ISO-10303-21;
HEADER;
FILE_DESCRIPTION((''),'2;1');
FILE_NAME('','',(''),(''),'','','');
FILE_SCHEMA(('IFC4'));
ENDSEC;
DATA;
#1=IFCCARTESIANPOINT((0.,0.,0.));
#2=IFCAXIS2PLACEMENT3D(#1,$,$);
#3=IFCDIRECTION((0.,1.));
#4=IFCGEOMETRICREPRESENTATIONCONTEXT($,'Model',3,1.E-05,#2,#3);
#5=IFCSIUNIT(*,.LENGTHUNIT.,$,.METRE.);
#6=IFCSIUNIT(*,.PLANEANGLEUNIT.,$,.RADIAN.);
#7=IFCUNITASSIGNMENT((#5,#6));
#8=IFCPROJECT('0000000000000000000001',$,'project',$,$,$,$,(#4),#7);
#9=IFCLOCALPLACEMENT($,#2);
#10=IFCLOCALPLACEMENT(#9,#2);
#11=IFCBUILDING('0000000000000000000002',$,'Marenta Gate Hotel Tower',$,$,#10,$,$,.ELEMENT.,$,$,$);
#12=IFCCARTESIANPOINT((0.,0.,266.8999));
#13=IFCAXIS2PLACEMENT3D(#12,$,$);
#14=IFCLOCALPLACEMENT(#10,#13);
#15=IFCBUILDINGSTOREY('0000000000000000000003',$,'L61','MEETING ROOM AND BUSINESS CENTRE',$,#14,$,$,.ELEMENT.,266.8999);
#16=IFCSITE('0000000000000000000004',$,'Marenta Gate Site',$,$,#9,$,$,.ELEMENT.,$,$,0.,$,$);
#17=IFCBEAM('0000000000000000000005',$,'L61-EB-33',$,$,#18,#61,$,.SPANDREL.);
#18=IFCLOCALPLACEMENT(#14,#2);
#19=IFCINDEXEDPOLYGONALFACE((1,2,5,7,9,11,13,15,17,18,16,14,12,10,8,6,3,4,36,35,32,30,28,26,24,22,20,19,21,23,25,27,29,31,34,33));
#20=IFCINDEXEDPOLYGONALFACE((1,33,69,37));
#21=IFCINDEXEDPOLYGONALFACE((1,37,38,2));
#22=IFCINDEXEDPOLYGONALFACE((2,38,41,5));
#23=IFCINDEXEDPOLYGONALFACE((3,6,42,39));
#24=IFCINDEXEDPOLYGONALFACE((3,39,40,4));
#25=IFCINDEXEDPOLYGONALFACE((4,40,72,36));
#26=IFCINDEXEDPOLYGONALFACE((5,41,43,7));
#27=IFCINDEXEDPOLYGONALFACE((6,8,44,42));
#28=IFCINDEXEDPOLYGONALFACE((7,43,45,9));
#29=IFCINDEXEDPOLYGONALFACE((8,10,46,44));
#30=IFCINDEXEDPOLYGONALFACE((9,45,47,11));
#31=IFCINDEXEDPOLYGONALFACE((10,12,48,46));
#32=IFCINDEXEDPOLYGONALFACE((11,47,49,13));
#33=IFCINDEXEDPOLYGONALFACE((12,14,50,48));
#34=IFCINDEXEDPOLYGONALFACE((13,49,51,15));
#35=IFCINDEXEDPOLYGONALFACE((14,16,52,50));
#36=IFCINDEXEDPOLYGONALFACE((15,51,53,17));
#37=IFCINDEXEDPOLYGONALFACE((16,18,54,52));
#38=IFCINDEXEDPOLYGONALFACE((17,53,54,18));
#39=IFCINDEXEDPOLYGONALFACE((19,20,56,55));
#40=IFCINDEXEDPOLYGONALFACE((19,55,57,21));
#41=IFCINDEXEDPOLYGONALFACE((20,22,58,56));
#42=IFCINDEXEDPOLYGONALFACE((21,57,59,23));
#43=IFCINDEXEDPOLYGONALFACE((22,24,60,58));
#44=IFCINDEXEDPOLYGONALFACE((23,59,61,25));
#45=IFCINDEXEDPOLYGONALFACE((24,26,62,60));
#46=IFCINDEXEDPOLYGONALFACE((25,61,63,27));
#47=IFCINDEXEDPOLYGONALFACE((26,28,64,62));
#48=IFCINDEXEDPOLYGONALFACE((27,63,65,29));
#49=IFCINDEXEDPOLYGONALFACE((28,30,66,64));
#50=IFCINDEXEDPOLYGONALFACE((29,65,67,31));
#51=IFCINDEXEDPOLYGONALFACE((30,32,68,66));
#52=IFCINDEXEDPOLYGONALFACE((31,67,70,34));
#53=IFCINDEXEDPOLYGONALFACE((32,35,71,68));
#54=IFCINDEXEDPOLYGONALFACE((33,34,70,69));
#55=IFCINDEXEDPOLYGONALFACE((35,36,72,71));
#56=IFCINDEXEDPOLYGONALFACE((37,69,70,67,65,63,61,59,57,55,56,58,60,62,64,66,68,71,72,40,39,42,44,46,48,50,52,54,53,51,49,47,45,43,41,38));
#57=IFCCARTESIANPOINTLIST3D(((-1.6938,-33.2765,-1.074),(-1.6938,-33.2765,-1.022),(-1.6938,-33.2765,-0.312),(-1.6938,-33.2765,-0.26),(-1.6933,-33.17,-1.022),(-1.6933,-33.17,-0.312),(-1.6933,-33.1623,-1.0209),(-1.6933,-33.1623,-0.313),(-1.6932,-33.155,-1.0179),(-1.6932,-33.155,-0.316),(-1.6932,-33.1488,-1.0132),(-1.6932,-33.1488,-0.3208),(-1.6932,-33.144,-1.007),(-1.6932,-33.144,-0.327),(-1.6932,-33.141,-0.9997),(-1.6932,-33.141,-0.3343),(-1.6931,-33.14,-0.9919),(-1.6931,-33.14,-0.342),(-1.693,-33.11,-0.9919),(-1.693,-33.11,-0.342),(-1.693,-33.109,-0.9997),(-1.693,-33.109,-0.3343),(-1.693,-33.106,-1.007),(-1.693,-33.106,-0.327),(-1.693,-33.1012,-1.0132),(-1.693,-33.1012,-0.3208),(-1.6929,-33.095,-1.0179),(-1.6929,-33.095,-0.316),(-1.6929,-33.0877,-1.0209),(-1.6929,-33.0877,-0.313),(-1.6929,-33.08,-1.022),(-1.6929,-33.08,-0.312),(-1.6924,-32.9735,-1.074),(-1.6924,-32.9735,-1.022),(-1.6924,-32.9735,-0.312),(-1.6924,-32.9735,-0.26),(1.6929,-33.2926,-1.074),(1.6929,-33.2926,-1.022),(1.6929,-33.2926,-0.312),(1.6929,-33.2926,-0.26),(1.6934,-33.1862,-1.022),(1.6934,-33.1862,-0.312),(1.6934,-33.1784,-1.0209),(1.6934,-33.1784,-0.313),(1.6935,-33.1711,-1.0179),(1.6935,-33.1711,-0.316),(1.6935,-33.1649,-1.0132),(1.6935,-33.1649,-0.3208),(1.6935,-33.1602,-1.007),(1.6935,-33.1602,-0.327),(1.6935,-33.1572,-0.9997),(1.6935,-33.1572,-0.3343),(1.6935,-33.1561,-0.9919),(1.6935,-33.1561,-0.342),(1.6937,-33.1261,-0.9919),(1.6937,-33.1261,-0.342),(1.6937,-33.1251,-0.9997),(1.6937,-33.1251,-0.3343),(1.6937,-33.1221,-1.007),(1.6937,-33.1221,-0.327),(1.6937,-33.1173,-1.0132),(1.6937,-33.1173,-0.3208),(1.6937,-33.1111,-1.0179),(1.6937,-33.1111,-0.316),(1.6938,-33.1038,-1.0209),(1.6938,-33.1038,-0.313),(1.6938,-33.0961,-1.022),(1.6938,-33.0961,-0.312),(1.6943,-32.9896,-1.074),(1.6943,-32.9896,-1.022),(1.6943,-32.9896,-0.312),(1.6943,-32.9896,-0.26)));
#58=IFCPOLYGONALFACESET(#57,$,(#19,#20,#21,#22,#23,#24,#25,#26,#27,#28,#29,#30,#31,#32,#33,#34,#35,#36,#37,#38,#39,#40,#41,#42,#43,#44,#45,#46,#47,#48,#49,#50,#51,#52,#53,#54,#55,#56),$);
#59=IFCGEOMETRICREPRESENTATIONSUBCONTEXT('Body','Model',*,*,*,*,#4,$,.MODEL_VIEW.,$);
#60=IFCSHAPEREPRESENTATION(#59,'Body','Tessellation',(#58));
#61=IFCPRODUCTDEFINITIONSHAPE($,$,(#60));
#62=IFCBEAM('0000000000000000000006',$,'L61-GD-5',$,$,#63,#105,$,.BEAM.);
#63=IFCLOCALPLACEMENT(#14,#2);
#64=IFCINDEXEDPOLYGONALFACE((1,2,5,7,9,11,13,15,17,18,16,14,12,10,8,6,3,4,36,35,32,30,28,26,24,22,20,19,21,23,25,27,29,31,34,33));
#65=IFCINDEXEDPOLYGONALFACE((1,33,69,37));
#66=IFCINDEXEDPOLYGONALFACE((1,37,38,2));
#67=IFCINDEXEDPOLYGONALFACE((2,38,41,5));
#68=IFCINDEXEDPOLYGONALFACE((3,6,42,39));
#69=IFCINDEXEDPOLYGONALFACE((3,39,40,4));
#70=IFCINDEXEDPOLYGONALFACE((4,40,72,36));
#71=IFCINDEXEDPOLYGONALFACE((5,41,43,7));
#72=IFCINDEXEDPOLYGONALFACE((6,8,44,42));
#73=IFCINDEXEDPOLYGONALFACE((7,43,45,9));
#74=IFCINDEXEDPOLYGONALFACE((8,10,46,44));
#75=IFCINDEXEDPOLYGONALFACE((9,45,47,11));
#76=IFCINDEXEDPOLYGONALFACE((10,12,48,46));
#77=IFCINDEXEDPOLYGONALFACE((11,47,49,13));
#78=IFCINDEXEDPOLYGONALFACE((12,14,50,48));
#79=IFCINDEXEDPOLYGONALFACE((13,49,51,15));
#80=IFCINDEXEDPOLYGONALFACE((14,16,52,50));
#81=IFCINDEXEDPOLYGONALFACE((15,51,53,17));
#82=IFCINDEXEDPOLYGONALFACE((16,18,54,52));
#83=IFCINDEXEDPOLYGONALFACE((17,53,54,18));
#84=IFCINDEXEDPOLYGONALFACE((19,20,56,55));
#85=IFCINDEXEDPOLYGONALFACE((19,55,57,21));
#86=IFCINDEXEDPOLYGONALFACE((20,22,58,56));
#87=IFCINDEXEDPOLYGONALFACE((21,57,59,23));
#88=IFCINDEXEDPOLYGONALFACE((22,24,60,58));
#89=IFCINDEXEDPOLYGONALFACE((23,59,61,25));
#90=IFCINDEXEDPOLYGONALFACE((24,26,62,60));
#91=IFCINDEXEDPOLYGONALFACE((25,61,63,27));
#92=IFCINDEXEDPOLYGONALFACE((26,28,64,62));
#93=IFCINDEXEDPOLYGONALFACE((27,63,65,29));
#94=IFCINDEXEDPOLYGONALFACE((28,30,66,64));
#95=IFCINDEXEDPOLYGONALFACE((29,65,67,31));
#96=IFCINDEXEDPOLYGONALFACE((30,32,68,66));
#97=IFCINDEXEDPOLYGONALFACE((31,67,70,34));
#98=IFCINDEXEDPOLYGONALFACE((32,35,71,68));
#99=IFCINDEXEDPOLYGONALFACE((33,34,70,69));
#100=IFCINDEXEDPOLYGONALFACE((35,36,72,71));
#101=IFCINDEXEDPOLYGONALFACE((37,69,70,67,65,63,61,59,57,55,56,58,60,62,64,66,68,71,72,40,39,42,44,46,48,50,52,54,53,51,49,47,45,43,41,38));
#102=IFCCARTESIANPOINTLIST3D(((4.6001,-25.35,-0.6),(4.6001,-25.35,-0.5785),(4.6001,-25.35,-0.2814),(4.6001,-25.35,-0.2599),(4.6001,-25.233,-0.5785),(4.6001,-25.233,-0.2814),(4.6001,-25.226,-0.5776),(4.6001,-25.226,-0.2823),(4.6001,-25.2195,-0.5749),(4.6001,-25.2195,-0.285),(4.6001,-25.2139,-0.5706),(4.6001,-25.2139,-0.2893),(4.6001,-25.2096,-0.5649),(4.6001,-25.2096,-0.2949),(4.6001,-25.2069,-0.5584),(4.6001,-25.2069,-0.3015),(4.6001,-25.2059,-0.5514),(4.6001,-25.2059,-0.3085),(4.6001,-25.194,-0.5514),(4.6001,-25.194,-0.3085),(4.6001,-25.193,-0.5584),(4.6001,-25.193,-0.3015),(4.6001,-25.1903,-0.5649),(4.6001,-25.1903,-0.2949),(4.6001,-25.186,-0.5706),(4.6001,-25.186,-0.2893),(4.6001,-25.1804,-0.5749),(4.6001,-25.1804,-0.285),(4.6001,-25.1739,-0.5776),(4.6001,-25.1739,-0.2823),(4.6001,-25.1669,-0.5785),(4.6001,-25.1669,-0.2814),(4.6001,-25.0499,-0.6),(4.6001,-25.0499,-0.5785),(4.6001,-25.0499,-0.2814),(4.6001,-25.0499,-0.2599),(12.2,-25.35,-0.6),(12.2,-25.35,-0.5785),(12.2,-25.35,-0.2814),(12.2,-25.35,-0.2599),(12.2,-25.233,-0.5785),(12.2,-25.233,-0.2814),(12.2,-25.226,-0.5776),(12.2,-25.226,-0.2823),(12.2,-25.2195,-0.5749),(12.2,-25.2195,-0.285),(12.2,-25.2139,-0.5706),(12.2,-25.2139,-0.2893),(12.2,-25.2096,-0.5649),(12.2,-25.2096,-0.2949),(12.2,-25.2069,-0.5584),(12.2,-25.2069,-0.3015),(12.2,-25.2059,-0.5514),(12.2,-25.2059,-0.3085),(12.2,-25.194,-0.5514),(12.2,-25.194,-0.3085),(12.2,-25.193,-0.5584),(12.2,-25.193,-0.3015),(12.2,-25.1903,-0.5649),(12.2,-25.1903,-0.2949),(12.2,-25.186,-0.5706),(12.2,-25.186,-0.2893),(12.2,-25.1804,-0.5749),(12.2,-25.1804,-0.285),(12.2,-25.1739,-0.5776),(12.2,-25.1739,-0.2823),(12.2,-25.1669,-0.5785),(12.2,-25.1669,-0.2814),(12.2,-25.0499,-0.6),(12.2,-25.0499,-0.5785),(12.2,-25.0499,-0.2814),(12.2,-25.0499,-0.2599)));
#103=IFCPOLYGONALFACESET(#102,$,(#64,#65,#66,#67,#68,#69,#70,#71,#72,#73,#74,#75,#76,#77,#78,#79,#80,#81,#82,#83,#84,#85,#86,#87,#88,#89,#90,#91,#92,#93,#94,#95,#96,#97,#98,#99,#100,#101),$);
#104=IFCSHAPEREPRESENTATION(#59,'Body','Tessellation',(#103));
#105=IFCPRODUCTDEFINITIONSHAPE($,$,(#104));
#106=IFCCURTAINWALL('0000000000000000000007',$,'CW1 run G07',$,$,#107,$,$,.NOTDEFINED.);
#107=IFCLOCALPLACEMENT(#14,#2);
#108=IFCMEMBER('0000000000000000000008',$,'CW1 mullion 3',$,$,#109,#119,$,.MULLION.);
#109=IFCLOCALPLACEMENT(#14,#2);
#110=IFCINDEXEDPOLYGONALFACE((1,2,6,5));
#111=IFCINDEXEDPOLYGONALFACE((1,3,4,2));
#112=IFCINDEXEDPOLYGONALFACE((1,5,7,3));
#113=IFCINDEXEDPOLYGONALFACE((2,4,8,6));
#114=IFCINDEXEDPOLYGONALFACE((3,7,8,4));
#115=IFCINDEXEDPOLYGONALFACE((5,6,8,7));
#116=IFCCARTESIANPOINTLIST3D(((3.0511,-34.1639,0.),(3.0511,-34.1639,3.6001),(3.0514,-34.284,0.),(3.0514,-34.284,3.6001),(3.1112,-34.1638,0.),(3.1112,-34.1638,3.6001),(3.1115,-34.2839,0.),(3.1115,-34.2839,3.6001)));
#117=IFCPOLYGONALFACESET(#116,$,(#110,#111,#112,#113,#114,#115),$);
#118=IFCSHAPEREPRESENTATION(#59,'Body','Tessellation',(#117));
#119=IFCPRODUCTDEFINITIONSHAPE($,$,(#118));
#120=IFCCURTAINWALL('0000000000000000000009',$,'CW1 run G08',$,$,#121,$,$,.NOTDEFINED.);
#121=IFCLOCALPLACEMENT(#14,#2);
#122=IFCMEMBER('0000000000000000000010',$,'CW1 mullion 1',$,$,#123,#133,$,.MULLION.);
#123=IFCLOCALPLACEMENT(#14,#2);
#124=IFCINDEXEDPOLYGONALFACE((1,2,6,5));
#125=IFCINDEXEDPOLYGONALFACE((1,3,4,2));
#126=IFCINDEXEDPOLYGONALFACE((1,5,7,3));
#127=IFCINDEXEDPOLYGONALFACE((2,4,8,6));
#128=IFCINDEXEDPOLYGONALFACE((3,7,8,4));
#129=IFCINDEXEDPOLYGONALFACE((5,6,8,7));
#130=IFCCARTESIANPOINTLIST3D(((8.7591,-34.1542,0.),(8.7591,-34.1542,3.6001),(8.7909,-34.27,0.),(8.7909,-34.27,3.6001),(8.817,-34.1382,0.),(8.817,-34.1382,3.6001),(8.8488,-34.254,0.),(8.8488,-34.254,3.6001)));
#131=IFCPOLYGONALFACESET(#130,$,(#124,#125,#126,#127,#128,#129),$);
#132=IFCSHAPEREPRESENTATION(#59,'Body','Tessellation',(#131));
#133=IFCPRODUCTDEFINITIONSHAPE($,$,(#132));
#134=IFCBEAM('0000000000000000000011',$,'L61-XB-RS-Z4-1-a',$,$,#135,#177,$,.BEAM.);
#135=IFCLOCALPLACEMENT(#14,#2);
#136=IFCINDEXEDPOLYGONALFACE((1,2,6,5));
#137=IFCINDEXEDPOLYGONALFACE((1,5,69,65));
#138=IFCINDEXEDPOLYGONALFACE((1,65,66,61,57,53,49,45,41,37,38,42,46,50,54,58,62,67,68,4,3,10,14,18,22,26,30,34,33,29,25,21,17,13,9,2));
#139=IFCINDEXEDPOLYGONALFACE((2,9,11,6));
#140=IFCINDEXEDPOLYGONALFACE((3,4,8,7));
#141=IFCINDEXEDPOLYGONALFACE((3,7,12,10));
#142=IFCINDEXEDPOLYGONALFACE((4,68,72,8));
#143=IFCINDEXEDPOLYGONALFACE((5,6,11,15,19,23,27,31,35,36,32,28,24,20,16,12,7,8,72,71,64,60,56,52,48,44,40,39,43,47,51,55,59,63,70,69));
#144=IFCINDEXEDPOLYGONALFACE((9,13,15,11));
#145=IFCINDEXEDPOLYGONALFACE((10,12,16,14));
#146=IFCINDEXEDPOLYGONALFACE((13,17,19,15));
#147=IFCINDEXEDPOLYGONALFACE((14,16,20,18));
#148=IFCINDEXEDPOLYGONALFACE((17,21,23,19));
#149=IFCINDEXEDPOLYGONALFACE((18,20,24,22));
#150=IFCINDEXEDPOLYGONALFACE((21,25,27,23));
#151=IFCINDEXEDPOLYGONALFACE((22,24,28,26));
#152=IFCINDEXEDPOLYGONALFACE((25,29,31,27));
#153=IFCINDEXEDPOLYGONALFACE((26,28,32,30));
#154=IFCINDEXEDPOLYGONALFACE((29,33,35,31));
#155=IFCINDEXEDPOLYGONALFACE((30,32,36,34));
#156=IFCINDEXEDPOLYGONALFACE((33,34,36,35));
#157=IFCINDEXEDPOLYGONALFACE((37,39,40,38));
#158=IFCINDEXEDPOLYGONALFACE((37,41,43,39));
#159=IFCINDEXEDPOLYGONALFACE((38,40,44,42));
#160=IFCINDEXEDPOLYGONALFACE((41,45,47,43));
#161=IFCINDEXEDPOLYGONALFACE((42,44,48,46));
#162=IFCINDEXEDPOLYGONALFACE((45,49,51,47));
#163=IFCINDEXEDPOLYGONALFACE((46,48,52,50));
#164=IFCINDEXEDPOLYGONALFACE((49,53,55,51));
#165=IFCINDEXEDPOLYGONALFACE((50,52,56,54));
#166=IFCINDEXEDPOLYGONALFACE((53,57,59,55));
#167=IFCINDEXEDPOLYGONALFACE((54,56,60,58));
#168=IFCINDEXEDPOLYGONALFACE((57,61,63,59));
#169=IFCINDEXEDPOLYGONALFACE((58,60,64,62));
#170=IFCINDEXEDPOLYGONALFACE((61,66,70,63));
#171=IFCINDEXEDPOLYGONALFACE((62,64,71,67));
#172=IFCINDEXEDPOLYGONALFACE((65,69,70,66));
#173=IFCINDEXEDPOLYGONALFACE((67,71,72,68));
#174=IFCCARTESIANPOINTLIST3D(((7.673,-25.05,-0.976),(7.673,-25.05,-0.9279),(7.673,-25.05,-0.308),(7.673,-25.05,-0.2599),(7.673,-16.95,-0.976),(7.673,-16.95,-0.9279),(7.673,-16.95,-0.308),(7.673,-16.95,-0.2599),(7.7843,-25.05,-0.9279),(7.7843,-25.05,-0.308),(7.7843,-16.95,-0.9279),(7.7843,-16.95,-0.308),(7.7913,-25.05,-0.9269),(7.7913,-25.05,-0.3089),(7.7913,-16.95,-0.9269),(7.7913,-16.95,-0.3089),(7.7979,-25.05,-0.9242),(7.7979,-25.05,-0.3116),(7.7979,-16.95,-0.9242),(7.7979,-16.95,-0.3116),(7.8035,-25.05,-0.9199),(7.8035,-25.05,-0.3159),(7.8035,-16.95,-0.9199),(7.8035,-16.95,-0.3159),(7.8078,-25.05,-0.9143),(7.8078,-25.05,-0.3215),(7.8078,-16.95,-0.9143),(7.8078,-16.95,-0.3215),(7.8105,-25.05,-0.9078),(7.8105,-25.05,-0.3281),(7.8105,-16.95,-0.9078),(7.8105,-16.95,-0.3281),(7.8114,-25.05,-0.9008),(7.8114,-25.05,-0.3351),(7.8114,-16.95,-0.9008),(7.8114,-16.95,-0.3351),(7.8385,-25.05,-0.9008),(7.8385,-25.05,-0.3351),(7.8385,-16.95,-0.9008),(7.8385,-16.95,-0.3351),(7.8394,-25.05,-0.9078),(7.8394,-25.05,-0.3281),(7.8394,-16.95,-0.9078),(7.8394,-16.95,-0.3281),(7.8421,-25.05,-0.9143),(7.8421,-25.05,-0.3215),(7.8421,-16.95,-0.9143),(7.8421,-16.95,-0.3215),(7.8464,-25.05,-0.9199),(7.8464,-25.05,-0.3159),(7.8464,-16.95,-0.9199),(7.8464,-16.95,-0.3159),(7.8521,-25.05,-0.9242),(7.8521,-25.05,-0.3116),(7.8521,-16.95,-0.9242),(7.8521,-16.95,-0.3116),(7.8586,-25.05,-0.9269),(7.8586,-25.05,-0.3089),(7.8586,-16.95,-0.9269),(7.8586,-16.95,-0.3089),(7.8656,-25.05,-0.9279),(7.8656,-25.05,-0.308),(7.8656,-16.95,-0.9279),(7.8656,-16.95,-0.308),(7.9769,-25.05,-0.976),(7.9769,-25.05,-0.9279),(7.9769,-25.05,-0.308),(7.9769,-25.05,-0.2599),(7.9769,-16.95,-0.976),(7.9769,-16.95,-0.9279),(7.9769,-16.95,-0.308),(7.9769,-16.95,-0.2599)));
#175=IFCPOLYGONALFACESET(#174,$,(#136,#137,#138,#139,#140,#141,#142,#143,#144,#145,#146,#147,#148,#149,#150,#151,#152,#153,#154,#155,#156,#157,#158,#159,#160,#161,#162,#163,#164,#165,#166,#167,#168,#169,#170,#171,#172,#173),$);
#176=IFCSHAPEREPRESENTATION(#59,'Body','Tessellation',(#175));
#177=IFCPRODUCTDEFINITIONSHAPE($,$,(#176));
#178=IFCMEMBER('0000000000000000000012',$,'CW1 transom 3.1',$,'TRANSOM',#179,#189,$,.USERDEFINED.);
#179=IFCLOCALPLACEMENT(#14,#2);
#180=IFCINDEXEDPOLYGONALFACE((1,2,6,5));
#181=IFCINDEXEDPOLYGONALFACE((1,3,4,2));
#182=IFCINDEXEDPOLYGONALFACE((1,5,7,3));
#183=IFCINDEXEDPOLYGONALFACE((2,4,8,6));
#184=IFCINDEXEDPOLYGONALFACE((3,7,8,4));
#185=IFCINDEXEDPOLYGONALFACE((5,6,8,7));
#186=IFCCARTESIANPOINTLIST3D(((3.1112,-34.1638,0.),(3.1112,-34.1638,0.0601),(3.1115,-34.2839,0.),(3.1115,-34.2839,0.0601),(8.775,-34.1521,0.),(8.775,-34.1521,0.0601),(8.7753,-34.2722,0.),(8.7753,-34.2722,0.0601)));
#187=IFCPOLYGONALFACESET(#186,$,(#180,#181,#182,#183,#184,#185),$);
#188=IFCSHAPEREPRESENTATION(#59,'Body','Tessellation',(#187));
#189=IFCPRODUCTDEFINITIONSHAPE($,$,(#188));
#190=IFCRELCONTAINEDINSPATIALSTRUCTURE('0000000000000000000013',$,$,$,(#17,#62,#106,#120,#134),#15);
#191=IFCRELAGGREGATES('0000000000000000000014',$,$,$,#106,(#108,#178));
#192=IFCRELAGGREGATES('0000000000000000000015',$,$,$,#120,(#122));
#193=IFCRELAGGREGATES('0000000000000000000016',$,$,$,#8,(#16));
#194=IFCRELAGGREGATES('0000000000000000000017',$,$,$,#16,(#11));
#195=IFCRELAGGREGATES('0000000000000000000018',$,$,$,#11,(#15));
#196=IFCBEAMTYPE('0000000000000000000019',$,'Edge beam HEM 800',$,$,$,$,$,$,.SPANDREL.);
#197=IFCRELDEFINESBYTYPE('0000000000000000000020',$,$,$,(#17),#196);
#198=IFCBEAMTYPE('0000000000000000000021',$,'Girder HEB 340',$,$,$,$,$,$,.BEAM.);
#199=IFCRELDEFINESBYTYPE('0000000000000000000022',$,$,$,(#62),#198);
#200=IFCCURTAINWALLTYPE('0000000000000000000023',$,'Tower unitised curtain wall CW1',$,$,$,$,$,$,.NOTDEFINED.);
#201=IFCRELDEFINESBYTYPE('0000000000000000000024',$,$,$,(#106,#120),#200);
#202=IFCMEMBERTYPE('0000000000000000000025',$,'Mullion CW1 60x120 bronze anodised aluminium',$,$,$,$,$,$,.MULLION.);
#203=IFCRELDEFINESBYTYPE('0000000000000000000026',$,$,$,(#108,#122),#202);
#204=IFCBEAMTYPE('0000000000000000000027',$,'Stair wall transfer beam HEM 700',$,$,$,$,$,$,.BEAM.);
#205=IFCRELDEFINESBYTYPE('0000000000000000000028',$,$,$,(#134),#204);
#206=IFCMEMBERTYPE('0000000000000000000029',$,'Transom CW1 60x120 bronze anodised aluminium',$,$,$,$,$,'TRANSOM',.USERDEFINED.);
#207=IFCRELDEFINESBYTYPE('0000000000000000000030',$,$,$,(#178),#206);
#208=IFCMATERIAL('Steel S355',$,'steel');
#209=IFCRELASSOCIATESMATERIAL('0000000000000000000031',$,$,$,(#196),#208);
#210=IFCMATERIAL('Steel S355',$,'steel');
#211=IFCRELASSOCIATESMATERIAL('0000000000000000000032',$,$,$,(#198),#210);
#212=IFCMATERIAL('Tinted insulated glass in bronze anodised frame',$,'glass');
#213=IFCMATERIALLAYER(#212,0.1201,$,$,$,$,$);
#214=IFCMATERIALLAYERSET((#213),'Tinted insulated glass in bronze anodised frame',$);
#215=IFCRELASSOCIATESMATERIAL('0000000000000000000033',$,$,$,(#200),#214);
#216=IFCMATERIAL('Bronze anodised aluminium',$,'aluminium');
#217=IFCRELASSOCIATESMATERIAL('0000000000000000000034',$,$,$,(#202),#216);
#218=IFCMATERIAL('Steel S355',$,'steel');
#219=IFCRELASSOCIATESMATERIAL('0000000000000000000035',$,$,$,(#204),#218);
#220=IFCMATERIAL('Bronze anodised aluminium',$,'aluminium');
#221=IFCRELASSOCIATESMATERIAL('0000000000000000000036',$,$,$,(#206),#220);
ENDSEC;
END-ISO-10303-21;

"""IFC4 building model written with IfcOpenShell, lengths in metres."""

from ifc_helpers import new_model, si_unit, direction, frame, origin, origin_2d, place, context, subcontext, project, spatial, rectangle, i_section, extrude, material, layer, layer_set, material_profile, profile_set, type_object, element, aggregate, save


model = new_model("IFC4")

# Units and contexts
model_context = context("Model", 3, precision=1e-05, world=origin(), true_north=direction((0.0, 1.0)))
body_context = subcontext(model_context, "Body", "Model", "MODEL_VIEW")
ifc_project = project(units=[si_unit("LENGTHUNIT", "METRE"), si_unit("PLANEANGLEUNIT", "RADIAN")], contexts=[model_context])

# Site, building, storey
site_placement = place(None, origin())
site = spatial("IfcSite", under=ifc_project, at=site_placement, Name="Marenta Gate Site", CompositionType="ELEMENT", RefElevation=0.0)
building_placement = place(site_placement, origin())
building = spatial("IfcBuilding", under=site, at=building_placement, Name="Marenta Gate Hotel Tower", CompositionType="ELEMENT")
storey_placement = place(building_placement, frame((0.0, 0.0, 266.8999)))
storey = spatial("IfcBuildingStorey", under=building, at=storey_placement, Name="L61", Description="MEETING ROOM AND BUSINESS CENTRE", CompositionType="ELEMENT", Elevation=266.8999)

# Beams
ifc_material_1 = material(Name="Steel S355", Category="steel")
ifc_material_profile_1 = material_profile(ifc_material_1, i_section(OverallWidth=0.303, OverallDepth=0.814, WebThickness=0.03, FlangeThickness=0.052, FilletRadius=0.03, at=origin_2d()), Name="HEM 800")
ifc_profile_set_1 = profile_set([ifc_material_profile_1], Name="Steel S355")
beam_type_1 = type_object("IfcBeamType", Name="Edge beam HEM 800", PredefinedType="SPANDREL", material=ifc_profile_set_1)
beam_1_placement = place(storey_placement, frame((1.6936, -33.1411, -0.667), z_axis=(-0.999989, 0.004758, 0.0), x_axis=(-0.004758, -0.999989, 0.0)))
element("IfcBeam", 1, at=beam_1_placement, inside=storey, type_object=beam_type_1, Name="L61-EB-33", PredefinedType="SPANDREL", context=body_context, shape_type="SweptSolid", body=[
    extrude(i_section(OverallWidth=0.303, OverallDepth=0.814, WebThickness=0.03, FlangeThickness=0.052, FilletRadius=0.03, at=origin_2d()), origin(), (0.0, 0.0, 1.0), 3.3867),
])
ifc_material_2 = material(Name="Steel S355", Category="steel")
ifc_material_profile_2 = material_profile(ifc_material_2, i_section(OverallWidth=0.3, OverallDepth=0.3401, WebThickness=0.012, FlangeThickness=0.0215, FilletRadius=0.0271, at=origin_2d()), Name="HEB 340")
ifc_profile_set_2 = profile_set([ifc_material_profile_2], Name="Steel S355")
beam_type_2 = type_object("IfcBeamType", Name="Girder HEB 340", PredefinedType="BEAM", material=ifc_profile_set_2)
beam_2_placement = place(storey_placement, frame((4.6001, -25.2, -0.4299), z_axis=(1.0, 0.0, 0.0), x_axis=(0.0, 1.0, 0.0)))
element("IfcBeam", 2, at=beam_2_placement, inside=storey, type_object=beam_type_2, Name="L61-GD-5", PredefinedType="BEAM", context=body_context, shape_type="SweptSolid", body=[
    extrude(i_section(OverallWidth=0.3, OverallDepth=0.3401, WebThickness=0.012, FlangeThickness=0.0215, FilletRadius=0.0271, at=origin_2d()), origin(), (0.0, 0.0, 1.0), 7.5999),
])

# Curtain walls, members
ifc_material_3 = material(Name="Tinted insulated glass in bronze anodised frame", Category="glass")
ifc_layer_1 = layer(ifc_material_3, 0.1201)
ifc_layer_set_1 = layer_set([ifc_layer_1], Name="Tinted insulated glass in bronze anodised frame")
curtain_wall_type = type_object("IfcCurtainWallType", Name="Tower unitised curtain wall CW1", PredefinedType="NOTDEFINED", material=ifc_layer_set_1)
curtain_wall_1_placement = place(storey_placement, origin())
curtain_wall_1 = element("IfcCurtainWall", 3, at=curtain_wall_1_placement, inside=storey, type_object=curtain_wall_type, Name="CW1 run G07", PredefinedType="NOTDEFINED")
ifc_material_4 = material(Name="Bronze anodised aluminium", Category="aluminium")
ifc_material_profile_3 = material_profile(ifc_material_4, rectangle(XDim=0.1201, YDim=0.0601, at=origin_2d()), Name="Mullion CW1 60x120 bronze anodised aluminium")
ifc_profile_set_3 = profile_set([ifc_material_profile_3], Name="Bronze anodised aluminium")
member_type_1 = type_object("IfcMemberType", Name="Mullion CW1 60x120 bronze anodised aluminium", PredefinedType="MULLION", material=ifc_profile_set_3)
member_1_placement = place(storey_placement, frame((3.0813, -34.2239, 0.0), z_axis=(0.0, 0.0, 1.0), x_axis=(-0.002067, 0.999998, 0.0)))
member_1 = element("IfcMember", 4, at=member_1_placement, type_object=member_type_1, Name="CW1 mullion 3", PredefinedType="MULLION", context=body_context, shape_type="SweptSolid", body=[
    extrude(rectangle(XDim=0.1201, YDim=0.0601, at=origin_2d()), origin(), (0.0, 0.0, 1.0), 3.6001),
])
curtain_wall_2_placement = place(storey_placement, origin())
curtain_wall_2 = element("IfcCurtainWall", 5, at=curtain_wall_2_placement, inside=storey, type_object=curtain_wall_type, Name="CW1 run G08", PredefinedType="NOTDEFINED")
member_2_placement = place(storey_placement, frame((8.804, -34.2041, 0.0), z_axis=(0.0, 0.0, 1.0), x_axis=(-0.265292, 0.964168, 0.0)))
member_2 = element("IfcMember", 6, at=member_2_placement, type_object=member_type_1, Name="CW1 mullion 1", PredefinedType="MULLION", context=body_context, shape_type="SweptSolid", body=[
    extrude(rectangle(XDim=0.1201, YDim=0.0601, at=origin_2d()), origin(), (0.0, 0.0, 1.0), 3.6001),
])

# Beam
ifc_material_5 = material(Name="Steel S355", Category="steel")
ifc_material_profile_4 = material_profile(ifc_material_5, i_section(OverallWidth=0.304, OverallDepth=0.7161, WebThickness=0.0271, FlangeThickness=0.0481, FilletRadius=0.0271, at=origin_2d()), Name="HEM 700")
ifc_profile_set_4 = profile_set([ifc_material_profile_4], Name="Steel S355")
beam_type_3 = type_object("IfcBeamType", Name="Stair wall transfer beam HEM 700", PredefinedType="BEAM", material=ifc_profile_set_4)
beam_3_placement = place(storey_placement, frame((7.825, -25.05, -0.6179), z_axis=(0.0, 1.0, 0.0), x_axis=(-1.0, 0.0, 0.0)))
element("IfcBeam", 7, at=beam_3_placement, inside=storey, type_object=beam_type_3, Name="L61-XB-RS-Z4-1-a", PredefinedType="BEAM", context=body_context, shape_type="SweptSolid", body=[
    extrude(i_section(OverallWidth=0.304, OverallDepth=0.7161, WebThickness=0.0271, FlangeThickness=0.0481, FilletRadius=0.0271, at=origin_2d()), origin(), (0.0, 0.0, 1.0), 8.1001),
])

# Member
ifc_material_6 = material(Name="Bronze anodised aluminium", Category="aluminium")
ifc_material_profile_5 = material_profile(ifc_material_6, rectangle(XDim=0.1201, YDim=0.0601, at=origin_2d()), Name="Transom CW1 60x120 bronze anodised aluminium")
ifc_profile_set_5 = profile_set([ifc_material_profile_5], Name="Bronze anodised aluminium")
member_type_2 = type_object("IfcMemberType", Name="Transom CW1 60x120 bronze anodised aluminium", ElementType="TRANSOM", PredefinedType="USERDEFINED", material=ifc_profile_set_5)
member_3_placement = place(storey_placement, frame((3.1113, -34.2239, 0.03), z_axis=(0.999998, 0.002069, 0.0), x_axis=(-0.002069, 0.999998, 0.0)))
member_3 = element("IfcMember", 8, at=member_3_placement, type_object=member_type_2, Name="CW1 transom 3.1", ObjectType="TRANSOM", PredefinedType="USERDEFINED", context=body_context, shape_type="SweptSolid", body=[
    extrude(rectangle(XDim=0.1201, YDim=0.0601, at=origin_2d()), origin(), (0.0, 0.0, 1.0), 5.6638),
])

aggregate(curtain_wall_1, [member_1, member_3])
aggregate(curtain_wall_2, [member_2])

save(model, "model.ifc")
